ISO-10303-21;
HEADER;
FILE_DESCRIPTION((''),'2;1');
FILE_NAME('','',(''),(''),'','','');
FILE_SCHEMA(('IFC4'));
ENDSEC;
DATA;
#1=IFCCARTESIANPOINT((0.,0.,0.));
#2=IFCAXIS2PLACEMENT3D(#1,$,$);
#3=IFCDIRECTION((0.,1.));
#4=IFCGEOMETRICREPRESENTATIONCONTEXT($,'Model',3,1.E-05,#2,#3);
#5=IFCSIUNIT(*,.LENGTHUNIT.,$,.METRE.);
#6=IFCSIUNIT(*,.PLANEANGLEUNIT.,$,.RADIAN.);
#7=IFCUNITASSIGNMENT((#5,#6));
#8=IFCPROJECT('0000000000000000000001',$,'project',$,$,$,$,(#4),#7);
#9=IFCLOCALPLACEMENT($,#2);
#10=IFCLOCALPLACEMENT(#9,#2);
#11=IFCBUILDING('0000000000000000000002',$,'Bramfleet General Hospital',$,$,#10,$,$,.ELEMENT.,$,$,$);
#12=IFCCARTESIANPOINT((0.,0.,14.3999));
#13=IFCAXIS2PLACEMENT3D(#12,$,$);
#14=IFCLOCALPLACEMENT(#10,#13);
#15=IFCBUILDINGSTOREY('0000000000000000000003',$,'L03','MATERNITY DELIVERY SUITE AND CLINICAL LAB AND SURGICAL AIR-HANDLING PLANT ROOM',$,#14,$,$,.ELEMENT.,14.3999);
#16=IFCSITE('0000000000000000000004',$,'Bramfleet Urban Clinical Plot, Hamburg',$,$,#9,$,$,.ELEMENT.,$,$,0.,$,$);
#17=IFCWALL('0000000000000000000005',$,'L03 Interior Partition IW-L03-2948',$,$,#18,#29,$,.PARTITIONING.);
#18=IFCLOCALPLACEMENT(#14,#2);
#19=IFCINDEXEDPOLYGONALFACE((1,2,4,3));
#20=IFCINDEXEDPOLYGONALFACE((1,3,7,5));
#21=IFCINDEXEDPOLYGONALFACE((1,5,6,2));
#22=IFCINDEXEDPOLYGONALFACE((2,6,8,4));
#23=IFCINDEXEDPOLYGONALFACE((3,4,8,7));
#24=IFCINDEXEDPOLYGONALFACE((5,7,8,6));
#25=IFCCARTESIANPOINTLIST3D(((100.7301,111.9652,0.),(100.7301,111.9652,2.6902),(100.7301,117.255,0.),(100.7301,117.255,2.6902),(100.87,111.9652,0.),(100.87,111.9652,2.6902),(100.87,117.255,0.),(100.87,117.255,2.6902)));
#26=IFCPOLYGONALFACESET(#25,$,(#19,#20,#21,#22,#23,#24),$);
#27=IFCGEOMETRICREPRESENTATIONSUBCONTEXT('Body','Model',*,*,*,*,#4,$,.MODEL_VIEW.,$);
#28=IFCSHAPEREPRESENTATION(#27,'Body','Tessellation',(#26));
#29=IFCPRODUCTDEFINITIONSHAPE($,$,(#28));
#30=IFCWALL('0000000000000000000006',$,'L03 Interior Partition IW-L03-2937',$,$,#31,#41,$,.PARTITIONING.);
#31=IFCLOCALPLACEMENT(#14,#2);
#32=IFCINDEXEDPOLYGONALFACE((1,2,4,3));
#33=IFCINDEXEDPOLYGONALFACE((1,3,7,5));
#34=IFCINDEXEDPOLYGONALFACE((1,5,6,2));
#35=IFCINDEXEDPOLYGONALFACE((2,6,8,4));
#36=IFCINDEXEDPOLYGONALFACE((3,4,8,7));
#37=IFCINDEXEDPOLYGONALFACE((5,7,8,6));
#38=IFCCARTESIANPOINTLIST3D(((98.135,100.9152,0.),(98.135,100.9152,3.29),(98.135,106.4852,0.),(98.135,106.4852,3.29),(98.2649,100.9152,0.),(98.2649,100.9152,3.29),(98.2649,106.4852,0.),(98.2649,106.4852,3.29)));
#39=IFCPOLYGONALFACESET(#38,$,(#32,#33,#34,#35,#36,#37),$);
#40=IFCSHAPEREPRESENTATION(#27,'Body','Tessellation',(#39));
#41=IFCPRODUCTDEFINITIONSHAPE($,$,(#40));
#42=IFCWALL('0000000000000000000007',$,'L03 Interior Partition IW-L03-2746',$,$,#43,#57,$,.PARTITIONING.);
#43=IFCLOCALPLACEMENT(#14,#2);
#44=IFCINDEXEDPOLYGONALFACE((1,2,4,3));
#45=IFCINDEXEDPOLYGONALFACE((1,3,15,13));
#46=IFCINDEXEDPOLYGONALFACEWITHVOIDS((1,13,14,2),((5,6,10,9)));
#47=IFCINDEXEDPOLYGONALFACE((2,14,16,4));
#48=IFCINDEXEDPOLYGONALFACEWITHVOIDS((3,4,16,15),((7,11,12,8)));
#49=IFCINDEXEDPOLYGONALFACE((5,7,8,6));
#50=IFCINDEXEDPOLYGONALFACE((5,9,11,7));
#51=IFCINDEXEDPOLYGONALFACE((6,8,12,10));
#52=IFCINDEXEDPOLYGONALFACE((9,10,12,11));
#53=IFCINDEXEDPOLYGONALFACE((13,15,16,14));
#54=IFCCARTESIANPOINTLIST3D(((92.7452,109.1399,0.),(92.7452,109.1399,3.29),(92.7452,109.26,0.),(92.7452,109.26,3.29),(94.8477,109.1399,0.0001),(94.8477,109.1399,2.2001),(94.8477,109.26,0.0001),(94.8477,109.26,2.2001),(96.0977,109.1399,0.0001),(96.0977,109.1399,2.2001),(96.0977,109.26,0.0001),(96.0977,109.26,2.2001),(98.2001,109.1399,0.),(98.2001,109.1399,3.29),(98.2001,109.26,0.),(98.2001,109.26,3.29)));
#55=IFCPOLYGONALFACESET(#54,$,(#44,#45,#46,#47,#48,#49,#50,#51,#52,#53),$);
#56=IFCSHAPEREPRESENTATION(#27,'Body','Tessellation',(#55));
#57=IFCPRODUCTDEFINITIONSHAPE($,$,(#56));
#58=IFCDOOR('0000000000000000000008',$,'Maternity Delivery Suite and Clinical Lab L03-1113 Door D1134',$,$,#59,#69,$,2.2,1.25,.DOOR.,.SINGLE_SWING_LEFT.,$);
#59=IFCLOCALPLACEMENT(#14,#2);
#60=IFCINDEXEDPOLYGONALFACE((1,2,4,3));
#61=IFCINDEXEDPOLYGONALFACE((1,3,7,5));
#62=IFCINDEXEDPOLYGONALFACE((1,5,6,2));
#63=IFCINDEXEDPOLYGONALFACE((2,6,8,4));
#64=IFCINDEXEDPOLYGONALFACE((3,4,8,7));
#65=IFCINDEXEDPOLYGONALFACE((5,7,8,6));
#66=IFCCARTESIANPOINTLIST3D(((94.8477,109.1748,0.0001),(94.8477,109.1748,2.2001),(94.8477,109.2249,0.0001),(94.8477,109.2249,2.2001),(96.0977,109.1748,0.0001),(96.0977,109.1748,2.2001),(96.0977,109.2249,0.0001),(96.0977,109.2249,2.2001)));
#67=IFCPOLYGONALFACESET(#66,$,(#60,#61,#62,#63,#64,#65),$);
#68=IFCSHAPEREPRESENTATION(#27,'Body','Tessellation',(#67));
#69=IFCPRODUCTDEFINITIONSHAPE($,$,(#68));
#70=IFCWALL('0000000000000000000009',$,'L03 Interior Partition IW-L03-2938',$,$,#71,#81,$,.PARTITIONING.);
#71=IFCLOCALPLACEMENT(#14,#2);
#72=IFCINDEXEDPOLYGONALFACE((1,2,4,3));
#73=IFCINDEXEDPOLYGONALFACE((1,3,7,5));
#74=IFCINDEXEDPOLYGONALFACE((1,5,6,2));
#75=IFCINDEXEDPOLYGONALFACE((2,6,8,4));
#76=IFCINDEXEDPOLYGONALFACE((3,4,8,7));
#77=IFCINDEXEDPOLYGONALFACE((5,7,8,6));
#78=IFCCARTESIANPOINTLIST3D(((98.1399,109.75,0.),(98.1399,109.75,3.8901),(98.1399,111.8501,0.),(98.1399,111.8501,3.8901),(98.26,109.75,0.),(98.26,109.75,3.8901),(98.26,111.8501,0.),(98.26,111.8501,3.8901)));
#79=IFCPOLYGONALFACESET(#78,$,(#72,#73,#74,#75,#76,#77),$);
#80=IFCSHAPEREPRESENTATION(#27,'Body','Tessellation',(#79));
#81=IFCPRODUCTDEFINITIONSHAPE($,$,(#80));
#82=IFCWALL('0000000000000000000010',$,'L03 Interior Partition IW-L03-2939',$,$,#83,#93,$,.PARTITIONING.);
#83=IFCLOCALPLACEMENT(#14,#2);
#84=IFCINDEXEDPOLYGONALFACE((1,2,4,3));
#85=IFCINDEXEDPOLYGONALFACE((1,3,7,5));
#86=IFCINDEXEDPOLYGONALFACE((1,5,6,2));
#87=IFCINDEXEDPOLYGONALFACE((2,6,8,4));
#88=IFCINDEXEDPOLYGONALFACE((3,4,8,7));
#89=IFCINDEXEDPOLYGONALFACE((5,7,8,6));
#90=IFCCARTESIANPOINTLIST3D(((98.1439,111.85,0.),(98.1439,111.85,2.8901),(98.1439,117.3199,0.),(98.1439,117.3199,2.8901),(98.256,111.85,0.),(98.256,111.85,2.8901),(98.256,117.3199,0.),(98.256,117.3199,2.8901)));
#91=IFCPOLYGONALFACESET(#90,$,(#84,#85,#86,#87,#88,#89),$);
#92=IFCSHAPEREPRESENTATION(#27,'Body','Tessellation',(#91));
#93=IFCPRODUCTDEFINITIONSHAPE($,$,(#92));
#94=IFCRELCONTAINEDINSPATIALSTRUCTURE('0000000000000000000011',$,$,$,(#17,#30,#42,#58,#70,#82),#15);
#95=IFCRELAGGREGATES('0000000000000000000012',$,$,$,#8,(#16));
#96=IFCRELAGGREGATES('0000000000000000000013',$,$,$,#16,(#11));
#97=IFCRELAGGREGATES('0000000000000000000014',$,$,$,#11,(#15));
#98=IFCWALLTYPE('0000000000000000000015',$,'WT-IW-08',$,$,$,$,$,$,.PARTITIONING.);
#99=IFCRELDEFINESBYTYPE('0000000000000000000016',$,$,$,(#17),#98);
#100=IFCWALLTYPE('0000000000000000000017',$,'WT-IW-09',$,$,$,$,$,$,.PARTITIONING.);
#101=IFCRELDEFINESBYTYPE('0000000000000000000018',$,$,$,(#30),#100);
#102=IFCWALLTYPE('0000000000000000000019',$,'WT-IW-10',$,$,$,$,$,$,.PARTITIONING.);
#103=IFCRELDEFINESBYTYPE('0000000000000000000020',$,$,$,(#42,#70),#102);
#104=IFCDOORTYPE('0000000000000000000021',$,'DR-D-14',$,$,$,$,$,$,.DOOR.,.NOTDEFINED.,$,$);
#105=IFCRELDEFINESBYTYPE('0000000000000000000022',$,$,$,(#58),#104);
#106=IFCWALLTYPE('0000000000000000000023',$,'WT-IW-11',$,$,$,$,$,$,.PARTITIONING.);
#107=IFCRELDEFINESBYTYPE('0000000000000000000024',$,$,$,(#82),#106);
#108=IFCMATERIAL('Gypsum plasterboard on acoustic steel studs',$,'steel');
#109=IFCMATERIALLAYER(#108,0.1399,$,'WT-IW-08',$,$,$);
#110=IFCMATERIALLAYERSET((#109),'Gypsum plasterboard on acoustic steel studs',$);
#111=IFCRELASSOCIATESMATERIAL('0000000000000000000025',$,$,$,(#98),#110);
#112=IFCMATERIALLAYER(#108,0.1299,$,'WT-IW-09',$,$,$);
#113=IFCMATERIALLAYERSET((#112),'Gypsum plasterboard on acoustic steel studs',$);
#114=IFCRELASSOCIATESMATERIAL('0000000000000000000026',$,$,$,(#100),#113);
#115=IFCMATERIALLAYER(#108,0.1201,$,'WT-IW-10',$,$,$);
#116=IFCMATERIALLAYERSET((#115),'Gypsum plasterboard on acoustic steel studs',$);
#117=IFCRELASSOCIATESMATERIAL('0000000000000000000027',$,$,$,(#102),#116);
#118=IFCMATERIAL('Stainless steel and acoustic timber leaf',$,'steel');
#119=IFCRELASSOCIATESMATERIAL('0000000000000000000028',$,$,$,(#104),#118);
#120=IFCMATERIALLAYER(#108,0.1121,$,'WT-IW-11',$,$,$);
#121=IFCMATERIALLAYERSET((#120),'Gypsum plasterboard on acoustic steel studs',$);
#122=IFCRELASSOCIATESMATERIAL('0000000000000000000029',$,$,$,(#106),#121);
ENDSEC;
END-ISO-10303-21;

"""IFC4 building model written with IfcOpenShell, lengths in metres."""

from ifc_helpers import new_model, si_unit, direction, frame, frame_2d, origin, place, context, subcontext, project, spatial, rectangle, extrude, material, layer, layer_set, type_object, element, fill, save


model = new_model("IFC4")

# Units and contexts
model_context = context("Model", 3, precision=1e-05, world=origin(), true_north=direction((0.0, 1.0)))
body_context = subcontext(model_context, "Body", "Model", "MODEL_VIEW")
ifc_project = project(units=[si_unit("LENGTHUNIT", "METRE"), si_unit("PLANEANGLEUNIT", "RADIAN")], contexts=[model_context])

# Site, building, storey
site_placement = place(None, origin())
site = spatial("IfcSite", under=ifc_project, at=site_placement, Name="Bramfleet Urban Clinical Plot, Hamburg", CompositionType="ELEMENT", RefElevation=0.0)
building_placement = place(site_placement, origin())
building = spatial("IfcBuilding", under=site, at=building_placement, Name="Bramfleet General Hospital", CompositionType="ELEMENT")
storey_placement = place(building_placement, frame((0.0, 0.0, 14.3999)))
storey = spatial("IfcBuildingStorey", under=building, at=storey_placement, Name="L03", Description="MATERNITY DELIVERY SUITE AND CLINICAL LAB AND SURGICAL AIR-HANDLING PLANT ROOM", CompositionType="ELEMENT", Elevation=14.3999)

# Shared definitions
ifc_material_1 = material(Name="Gypsum plasterboard on acoustic steel studs", Category="steel")

# Shared definitions
ifc_material_2 = material(Name="Stainless steel and acoustic timber leaf", Category="steel")

# Walls
ifc_layer_1 = layer(ifc_material_1, 0.1399, Name="WT-IW-08")
ifc_layer_set_1 = layer_set([ifc_layer_1], Name="Gypsum plasterboard on acoustic steel studs")
wall_type_1 = type_object("IfcWallType", Name="WT-IW-08", PredefinedType="PARTITIONING", material=ifc_layer_set_1)
wall_1_placement = place(storey_placement, frame((100.8, 111.9651, 0.0), z_axis=(0.0, 0.0, 1.0), x_axis=(0.0, 1.0, 0.0)))
element("IfcWall", 1, at=wall_1_placement, inside=storey, type_object=wall_type_1, Name="L03 Interior Partition IW-L03-2948", PredefinedType="PARTITIONING", context=body_context, shape_type="SweptSolid", body=[
    extrude(rectangle(XDim=5.2898, YDim=0.1399, at=frame_2d((2.645, 0.0))), origin(), (0.0, 0.0, 1.0), 2.6902),
])
ifc_layer_2 = layer(ifc_material_1, 0.1299, Name="WT-IW-09")
ifc_layer_set_2 = layer_set([ifc_layer_2], Name="Gypsum plasterboard on acoustic steel studs")
wall_type_2 = type_object("IfcWallType", Name="WT-IW-09", PredefinedType="PARTITIONING", material=ifc_layer_set_2)
wall_2_placement = place(storey_placement, frame((98.2, 100.915, 0.0), z_axis=(0.0, 0.0, 1.0), x_axis=(0.0, 1.0, 0.0)))
element("IfcWall", 2, at=wall_2_placement, inside=storey, type_object=wall_type_2, Name="L03 Interior Partition IW-L03-2937", PredefinedType="PARTITIONING", context=body_context, shape_type="SweptSolid", body=[
    extrude(rectangle(XDim=5.5701, YDim=0.1299, at=frame_2d((2.7852, 0.0))), origin(), (0.0, 0.0, 1.0), 3.29),
])

# Wall, opening, door
ifc_layer_3 = layer(ifc_material_1, 0.1201, Name="WT-IW-10")
ifc_layer_set_3 = layer_set([ifc_layer_3], Name="Gypsum plasterboard on acoustic steel studs")
wall_type_3 = type_object("IfcWallType", Name="WT-IW-10", PredefinedType="PARTITIONING", material=ifc_layer_set_3)
wall_3_placement = place(storey_placement, frame((92.7451, 109.2, 0.0), z_axis=(0.0, 0.0, 1.0), x_axis=(1.0, 0.0, 0.0)))
wall_3 = element("IfcWall", 3, at=wall_3_placement, inside=storey, type_object=wall_type_3, Name="L03 Interior Partition IW-L03-2746", PredefinedType="PARTITIONING", context=body_context, shape_type="SweptSolid", body=[
    extrude(rectangle(XDim=5.4548, YDim=0.1201, at=frame_2d((2.7275, 0.0))), origin(), (0.0, 0.0, 1.0), 3.29),
])
opening_1_placement = place(wall_3_placement, frame((2.1025, 0.0, 0.0)))
opening_1 = element("IfcOpeningElement", 4, at=opening_1_placement, cuts=wall_3, PredefinedType="OPENING", context=body_context, shape_type="SweptSolid", body=[
    extrude(rectangle(XDim=1.25, YDim=2.2, at=frame_2d((0.625, 1.1001))), frame((0.0, 0.0701, 0.0), z_axis=(0.0, -1.0, 0.0), x_axis=(1.0, 0.0, 0.0)), (0.0, 0.0, 1.0), 0.1401),
])
door_type_1 = type_object("IfcDoorType", Name="DR-D-14", OperationType="NOTDEFINED", PredefinedType="DOOR", material=ifc_material_2)
door_1_placement = place(opening_1_placement, origin())
door_1 = element("IfcDoor", 5, at=door_1_placement, inside=storey, type_object=door_type_1, Name="Maternity Delivery Suite and Clinical Lab L03-1113 Door D1134", OperationType="SINGLE_SWING_LEFT", OverallHeight=2.2, OverallWidth=1.25, PredefinedType="DOOR", context=body_context, shape_type="SweptSolid", body=[
    extrude(rectangle(XDim=1.25, YDim=2.2, at=frame_2d((0.625, 1.1001))), frame((0.0, 0.0249, 0.0), z_axis=(0.0, -1.0, 0.0), x_axis=(1.0, 0.0, 0.0)), (0.0, 0.0, 1.0), 0.05),
])
fill(opening_1, door_1)

# Walls
wall_4_placement = place(storey_placement, frame((98.2, 109.75, 0.0), z_axis=(0.0, 0.0, 1.0), x_axis=(0.0, 1.0, 0.0)))
element("IfcWall", 6, at=wall_4_placement, inside=storey, type_object=wall_type_3, Name="L03 Interior Partition IW-L03-2938", PredefinedType="PARTITIONING", context=body_context, shape_type="SweptSolid", body=[
    extrude(rectangle(XDim=2.1001, YDim=0.1201, at=frame_2d((1.05, 0.0))), origin(), (0.0, 0.0, 1.0), 3.8901),
])
ifc_layer_4 = layer(ifc_material_1, 0.1121, Name="WT-IW-11")
ifc_layer_set_4 = layer_set([ifc_layer_4], Name="Gypsum plasterboard on acoustic steel studs")
wall_type_4 = type_object("IfcWallType", Name="WT-IW-11", PredefinedType="PARTITIONING", material=ifc_layer_set_4)
wall_5_placement = place(storey_placement, frame((98.2, 111.8501, 0.0), z_axis=(0.0, 0.0, 1.0), x_axis=(0.0, 1.0, 0.0)))
element("IfcWall", 7, at=wall_5_placement, inside=storey, type_object=wall_type_4, Name="L03 Interior Partition IW-L03-2939", PredefinedType="PARTITIONING", context=body_context, shape_type="SweptSolid", body=[
    extrude(rectangle(XDim=5.47, YDim=0.1121, at=frame_2d((2.7349, 0.0))), origin(), (0.0, 0.0, 1.0), 2.8901),
])

save(model, "model.ifc")
